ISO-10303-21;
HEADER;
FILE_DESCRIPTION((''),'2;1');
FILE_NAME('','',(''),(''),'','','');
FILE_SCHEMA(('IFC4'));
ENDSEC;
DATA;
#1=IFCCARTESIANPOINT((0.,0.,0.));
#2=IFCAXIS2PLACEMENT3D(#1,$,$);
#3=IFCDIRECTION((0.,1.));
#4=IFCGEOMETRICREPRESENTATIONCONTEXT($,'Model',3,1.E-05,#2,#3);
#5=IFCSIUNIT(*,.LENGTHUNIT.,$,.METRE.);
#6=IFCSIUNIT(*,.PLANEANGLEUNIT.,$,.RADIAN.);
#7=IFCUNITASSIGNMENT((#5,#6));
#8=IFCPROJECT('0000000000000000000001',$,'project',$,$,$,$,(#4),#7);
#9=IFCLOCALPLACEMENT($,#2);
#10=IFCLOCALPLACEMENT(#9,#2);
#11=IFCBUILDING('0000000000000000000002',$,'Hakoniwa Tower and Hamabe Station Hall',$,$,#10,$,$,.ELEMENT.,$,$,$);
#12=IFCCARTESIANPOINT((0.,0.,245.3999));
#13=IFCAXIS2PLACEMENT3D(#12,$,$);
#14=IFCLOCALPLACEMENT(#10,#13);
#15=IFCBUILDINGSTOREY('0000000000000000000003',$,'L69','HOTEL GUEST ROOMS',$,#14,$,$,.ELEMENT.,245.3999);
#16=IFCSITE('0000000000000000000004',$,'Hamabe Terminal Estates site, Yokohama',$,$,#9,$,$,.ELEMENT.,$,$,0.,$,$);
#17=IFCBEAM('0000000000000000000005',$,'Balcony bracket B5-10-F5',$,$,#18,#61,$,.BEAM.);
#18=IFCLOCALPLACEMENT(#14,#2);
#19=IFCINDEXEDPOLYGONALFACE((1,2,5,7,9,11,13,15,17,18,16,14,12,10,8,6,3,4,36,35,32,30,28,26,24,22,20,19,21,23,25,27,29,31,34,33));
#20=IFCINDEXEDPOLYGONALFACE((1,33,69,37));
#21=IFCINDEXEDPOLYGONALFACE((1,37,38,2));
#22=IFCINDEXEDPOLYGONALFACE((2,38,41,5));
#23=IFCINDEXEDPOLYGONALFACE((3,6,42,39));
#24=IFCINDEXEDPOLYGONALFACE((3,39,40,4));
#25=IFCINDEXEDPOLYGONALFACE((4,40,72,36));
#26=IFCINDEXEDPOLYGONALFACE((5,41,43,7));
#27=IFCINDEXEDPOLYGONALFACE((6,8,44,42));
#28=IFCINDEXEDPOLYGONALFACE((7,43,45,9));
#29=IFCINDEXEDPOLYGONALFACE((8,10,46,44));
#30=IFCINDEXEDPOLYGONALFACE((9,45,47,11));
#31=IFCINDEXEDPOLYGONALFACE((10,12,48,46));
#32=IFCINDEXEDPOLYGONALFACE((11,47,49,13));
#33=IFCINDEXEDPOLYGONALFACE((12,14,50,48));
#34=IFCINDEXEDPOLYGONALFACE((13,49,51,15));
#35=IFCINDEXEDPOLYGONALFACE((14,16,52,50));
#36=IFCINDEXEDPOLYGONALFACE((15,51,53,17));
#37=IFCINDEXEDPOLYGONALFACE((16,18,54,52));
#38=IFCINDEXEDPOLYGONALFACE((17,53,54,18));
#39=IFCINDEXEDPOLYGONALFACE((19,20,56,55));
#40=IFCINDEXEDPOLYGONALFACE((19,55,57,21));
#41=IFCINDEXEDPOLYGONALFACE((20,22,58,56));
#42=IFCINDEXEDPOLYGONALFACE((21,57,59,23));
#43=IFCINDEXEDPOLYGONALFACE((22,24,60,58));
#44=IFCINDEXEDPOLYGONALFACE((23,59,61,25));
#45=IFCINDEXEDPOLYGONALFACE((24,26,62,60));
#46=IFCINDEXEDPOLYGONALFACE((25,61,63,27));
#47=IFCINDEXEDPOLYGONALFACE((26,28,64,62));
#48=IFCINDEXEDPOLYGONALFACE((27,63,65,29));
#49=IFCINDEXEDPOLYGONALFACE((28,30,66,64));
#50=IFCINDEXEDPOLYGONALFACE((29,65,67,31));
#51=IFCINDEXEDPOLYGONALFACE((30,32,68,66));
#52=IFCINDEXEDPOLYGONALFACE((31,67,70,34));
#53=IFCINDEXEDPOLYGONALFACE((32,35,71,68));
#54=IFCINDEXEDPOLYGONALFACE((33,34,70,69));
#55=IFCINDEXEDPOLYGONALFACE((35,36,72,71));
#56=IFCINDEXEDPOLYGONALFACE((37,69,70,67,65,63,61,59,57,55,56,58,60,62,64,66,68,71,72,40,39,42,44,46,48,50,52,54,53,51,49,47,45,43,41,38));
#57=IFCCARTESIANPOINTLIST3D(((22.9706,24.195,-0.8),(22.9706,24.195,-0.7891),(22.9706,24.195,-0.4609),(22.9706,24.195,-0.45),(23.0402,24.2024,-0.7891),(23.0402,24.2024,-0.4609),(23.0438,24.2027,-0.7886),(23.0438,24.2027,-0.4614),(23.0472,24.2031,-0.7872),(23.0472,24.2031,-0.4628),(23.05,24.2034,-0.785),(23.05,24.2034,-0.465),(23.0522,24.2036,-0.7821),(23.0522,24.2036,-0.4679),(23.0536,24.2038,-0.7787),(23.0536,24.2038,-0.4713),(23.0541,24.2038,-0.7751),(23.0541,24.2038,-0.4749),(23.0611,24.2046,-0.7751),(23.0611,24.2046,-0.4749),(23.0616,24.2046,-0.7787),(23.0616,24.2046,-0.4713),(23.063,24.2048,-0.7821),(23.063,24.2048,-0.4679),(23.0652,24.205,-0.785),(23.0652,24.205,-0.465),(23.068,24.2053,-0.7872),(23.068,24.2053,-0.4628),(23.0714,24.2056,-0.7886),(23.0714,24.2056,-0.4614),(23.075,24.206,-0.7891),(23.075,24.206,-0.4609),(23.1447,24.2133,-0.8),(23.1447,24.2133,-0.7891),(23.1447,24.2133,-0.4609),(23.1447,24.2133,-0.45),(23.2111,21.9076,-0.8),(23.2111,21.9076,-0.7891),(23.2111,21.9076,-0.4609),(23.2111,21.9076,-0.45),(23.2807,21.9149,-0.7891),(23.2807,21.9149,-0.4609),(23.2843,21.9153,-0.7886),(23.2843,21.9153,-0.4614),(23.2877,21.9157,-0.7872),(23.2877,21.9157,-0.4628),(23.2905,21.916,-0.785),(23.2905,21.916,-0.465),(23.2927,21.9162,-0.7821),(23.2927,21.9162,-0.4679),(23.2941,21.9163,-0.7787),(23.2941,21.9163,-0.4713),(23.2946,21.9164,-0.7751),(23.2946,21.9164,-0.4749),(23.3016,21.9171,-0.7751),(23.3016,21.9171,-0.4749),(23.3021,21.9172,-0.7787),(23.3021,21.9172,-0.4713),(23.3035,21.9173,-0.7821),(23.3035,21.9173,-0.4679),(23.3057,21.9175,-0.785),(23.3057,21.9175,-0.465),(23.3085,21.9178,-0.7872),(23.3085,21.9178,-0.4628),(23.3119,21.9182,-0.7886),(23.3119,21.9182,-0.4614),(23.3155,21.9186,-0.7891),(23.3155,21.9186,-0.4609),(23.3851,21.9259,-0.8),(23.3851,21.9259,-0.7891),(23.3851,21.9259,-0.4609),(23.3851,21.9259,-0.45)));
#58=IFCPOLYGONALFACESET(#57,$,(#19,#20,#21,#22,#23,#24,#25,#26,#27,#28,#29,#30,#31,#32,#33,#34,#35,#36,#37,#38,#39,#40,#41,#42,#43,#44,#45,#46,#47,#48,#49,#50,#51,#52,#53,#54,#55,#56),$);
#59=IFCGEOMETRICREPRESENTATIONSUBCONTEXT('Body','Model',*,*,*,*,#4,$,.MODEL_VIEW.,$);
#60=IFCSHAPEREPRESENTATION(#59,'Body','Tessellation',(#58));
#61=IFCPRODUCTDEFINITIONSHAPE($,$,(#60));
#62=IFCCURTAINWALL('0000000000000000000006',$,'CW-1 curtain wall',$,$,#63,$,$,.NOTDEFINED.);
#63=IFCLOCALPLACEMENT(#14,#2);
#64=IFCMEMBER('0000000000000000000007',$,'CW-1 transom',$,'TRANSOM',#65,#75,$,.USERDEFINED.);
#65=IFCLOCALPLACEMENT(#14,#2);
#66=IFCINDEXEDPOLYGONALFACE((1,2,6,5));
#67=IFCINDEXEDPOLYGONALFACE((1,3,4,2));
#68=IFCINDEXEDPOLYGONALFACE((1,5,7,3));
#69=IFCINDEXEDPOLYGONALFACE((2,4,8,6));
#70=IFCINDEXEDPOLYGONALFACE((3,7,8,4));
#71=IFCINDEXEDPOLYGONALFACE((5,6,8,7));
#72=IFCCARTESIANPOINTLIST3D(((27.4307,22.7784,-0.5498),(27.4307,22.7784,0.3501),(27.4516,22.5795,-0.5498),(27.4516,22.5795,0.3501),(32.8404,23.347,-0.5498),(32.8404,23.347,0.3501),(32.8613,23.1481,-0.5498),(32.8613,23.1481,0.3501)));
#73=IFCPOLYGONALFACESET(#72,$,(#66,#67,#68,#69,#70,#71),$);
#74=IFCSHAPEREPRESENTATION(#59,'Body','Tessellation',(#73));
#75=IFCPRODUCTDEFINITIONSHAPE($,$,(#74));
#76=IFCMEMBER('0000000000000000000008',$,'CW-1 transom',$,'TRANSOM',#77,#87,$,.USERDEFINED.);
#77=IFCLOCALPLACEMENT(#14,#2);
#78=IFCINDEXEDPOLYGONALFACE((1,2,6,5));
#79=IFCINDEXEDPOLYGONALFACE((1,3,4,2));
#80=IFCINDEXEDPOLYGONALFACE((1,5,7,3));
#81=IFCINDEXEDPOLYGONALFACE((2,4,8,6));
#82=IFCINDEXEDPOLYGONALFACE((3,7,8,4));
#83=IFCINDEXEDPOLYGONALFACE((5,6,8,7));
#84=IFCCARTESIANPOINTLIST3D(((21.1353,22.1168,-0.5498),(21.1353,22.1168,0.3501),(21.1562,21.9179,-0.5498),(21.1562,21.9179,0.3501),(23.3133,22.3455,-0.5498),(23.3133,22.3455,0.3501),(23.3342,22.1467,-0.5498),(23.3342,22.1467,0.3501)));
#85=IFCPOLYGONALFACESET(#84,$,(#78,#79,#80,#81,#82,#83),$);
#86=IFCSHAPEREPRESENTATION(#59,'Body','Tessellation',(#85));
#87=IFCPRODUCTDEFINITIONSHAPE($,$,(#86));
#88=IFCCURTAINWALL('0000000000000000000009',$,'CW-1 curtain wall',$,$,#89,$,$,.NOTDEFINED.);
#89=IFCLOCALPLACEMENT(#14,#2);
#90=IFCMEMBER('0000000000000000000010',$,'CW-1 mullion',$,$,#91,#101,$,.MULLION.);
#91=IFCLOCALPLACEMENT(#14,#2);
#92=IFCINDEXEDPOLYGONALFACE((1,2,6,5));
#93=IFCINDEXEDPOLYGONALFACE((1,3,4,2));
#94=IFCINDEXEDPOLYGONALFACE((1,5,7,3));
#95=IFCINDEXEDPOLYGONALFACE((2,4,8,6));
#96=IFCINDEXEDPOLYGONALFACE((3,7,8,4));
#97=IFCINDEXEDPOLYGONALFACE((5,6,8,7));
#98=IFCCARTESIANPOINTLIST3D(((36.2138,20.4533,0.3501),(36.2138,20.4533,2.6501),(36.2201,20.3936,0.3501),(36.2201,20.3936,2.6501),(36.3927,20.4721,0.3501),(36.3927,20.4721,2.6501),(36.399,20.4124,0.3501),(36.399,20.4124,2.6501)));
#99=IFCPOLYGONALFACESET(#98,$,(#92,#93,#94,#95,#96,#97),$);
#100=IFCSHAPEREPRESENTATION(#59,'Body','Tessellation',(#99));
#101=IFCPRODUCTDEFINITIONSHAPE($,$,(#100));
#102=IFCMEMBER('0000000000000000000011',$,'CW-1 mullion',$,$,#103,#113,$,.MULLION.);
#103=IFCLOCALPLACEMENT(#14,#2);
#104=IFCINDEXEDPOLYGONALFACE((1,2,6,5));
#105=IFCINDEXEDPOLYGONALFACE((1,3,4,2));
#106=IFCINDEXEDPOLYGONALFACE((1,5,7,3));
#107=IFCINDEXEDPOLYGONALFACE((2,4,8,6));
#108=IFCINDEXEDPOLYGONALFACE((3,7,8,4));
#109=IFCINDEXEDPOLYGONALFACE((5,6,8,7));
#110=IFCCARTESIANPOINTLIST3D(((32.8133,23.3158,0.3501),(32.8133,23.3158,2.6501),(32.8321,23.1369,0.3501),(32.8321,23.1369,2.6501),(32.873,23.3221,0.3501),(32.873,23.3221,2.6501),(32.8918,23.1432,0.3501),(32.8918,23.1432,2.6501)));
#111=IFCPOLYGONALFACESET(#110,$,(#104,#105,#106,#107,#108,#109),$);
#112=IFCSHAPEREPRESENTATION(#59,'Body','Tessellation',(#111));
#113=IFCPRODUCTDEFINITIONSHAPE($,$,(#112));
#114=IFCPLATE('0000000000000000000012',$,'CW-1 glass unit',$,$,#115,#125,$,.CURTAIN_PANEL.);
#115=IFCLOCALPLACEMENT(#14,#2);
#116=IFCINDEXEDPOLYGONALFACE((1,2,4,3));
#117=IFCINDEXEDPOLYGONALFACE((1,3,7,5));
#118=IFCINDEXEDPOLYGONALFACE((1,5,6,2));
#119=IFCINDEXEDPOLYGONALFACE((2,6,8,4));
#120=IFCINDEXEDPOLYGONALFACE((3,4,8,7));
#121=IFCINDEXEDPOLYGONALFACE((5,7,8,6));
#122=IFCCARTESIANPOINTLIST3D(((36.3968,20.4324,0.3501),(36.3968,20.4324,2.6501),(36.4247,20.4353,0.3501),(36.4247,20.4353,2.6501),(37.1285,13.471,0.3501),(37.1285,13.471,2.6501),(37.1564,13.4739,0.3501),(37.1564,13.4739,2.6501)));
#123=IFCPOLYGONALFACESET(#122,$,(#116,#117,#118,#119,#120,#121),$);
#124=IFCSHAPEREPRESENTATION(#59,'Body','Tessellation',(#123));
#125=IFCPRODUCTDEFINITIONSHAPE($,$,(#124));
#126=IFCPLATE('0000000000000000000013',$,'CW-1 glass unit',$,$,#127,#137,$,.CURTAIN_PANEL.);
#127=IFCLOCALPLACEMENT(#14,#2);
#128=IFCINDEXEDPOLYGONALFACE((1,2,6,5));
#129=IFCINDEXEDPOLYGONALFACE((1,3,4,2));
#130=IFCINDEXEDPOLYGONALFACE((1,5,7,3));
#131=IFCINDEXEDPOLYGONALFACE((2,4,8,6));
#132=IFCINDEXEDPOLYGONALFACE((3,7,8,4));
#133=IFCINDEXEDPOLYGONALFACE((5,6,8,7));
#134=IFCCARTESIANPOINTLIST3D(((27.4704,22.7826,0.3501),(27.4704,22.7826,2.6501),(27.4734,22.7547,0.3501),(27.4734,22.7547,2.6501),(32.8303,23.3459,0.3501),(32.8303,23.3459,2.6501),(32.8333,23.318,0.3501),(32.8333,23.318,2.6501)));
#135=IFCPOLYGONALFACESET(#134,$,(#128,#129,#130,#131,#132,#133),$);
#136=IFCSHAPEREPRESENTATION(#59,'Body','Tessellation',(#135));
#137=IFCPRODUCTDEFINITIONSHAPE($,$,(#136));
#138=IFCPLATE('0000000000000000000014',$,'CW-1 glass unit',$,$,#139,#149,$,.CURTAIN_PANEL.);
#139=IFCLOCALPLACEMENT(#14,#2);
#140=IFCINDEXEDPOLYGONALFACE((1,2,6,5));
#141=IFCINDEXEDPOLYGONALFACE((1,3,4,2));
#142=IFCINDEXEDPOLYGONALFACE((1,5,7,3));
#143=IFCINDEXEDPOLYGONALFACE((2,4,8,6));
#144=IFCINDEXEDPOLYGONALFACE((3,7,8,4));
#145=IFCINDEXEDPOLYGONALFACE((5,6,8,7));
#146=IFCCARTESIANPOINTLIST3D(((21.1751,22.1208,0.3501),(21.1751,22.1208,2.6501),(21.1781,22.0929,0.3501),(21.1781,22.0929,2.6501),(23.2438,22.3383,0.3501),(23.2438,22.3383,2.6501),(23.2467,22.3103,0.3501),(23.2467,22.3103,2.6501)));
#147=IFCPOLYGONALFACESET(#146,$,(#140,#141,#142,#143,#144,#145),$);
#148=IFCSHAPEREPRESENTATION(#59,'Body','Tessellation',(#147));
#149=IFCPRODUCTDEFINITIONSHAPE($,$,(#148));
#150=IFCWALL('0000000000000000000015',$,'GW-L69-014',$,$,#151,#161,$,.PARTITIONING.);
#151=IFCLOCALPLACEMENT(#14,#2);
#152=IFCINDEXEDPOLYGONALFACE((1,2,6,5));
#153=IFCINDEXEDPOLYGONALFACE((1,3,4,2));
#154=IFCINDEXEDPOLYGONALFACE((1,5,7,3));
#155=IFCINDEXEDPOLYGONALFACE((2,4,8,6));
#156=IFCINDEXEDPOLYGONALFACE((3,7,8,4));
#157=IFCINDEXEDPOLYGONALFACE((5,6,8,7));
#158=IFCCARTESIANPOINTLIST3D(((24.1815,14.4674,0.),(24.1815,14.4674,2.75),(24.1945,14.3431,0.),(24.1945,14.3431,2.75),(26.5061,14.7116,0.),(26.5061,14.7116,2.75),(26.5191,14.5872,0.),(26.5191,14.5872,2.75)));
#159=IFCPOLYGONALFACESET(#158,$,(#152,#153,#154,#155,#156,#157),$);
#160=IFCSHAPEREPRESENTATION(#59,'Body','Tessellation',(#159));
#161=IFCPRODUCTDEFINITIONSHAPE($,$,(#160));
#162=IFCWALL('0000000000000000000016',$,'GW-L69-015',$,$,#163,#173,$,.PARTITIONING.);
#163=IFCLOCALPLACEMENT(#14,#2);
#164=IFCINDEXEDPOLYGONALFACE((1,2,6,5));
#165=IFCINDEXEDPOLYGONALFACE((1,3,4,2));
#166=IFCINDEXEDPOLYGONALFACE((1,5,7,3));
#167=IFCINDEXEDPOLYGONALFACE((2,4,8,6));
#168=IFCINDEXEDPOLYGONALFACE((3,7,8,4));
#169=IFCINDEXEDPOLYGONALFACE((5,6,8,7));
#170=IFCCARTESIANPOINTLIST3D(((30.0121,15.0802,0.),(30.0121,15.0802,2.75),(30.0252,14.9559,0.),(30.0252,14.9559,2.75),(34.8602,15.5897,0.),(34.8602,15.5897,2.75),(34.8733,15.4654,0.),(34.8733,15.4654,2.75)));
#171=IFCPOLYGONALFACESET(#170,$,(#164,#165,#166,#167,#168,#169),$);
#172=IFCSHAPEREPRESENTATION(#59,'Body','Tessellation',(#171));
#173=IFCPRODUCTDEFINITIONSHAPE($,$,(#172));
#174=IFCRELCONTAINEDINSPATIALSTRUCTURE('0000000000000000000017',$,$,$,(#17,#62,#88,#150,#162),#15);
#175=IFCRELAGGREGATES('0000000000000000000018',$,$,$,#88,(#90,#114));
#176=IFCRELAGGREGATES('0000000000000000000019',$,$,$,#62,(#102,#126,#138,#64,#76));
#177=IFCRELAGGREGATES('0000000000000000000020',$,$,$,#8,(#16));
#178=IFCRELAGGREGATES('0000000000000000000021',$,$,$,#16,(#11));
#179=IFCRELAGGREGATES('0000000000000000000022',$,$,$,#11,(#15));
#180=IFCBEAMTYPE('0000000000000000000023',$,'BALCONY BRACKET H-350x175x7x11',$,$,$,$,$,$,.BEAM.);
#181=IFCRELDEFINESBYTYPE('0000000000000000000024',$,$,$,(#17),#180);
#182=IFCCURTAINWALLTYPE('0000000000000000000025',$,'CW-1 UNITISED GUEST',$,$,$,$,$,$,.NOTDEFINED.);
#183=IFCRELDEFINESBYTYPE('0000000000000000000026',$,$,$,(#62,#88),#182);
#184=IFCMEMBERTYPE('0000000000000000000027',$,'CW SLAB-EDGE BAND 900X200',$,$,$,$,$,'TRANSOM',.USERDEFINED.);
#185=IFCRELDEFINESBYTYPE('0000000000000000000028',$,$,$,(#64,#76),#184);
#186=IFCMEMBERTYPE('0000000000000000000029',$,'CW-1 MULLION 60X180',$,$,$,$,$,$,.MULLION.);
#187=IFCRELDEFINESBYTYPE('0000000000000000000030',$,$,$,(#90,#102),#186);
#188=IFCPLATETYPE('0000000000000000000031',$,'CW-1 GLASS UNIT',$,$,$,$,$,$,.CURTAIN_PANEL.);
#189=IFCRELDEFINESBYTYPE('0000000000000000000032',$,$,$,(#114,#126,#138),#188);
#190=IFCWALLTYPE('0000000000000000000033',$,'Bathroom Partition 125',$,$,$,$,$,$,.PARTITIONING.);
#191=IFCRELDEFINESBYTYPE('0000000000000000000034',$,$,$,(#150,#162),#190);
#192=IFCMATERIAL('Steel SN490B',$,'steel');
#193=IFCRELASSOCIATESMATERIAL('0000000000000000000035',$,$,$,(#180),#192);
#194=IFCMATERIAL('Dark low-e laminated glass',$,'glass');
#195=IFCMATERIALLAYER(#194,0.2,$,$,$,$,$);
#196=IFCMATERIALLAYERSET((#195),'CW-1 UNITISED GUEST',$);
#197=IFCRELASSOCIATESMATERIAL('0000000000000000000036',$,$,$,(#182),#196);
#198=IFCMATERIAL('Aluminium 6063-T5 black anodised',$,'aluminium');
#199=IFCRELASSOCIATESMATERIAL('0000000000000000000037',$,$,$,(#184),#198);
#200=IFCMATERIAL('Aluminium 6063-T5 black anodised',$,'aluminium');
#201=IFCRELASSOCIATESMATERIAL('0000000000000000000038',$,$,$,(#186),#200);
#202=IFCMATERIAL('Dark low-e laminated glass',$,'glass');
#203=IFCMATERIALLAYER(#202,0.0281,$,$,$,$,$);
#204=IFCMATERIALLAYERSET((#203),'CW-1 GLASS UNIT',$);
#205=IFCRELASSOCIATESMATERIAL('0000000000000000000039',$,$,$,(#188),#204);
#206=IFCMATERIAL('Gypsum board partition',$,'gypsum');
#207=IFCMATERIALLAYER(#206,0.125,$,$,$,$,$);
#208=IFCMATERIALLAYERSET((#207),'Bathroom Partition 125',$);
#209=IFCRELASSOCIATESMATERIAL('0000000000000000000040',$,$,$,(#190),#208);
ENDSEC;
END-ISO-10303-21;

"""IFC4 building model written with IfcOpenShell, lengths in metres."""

from ifc_helpers import new_model, si_unit, direction, frame, frame_2d, origin, origin_2d, place, context, subcontext, project, spatial, rectangle, i_section, extrude, material, layer, layer_set, material_profile, profile_set, type_object, element, aggregate, save


model = new_model("IFC4")

# Units and contexts
model_context = context("Model", 3, precision=1e-05, world=origin(), true_north=direction((0.0, 1.0)))
body_context = subcontext(model_context, "Body", "Model", "MODEL_VIEW")
ifc_project = project(units=[si_unit("LENGTHUNIT", "METRE"), si_unit("PLANEANGLEUNIT", "RADIAN")], contexts=[model_context])

# Site, building, storey
site_placement = place(None, origin())
site = spatial("IfcSite", under=ifc_project, at=site_placement, Name="Hamabe Terminal Estates site, Yokohama", CompositionType="ELEMENT", RefElevation=0.0)
building_placement = place(site_placement, origin())
building = spatial("IfcBuilding", under=site, at=building_placement, Name="Hakoniwa Tower and Hamabe Station Hall", CompositionType="ELEMENT")
storey_placement = place(building_placement, frame((0.0, 0.0, 245.3999)))
storey = spatial("IfcBuildingStorey", under=building, at=storey_placement, Name="L69", Description="HOTEL GUEST ROOMS", CompositionType="ELEMENT", Elevation=245.3999)

# Beam
ifc_material_1 = material(Name="Steel SN490B", Category="steel")
ifc_material_profile_1 = material_profile(ifc_material_1, i_section(OverallWidth=0.175, OverallDepth=0.3501, WebThickness=0.0071, FlangeThickness=0.011, FilletRadius=0.0139, at=origin_2d()), Name="H-350x175x7x11")
ifc_profile_set_1 = profile_set([ifc_material_profile_1], Name="Steel SN490B")
beam_type = type_object("IfcBeamType", Name="BALCONY BRACKET H-350x175x7x11", PredefinedType="BEAM", material=ifc_profile_set_1)
beam_placement = place(storey_placement, frame((23.2981, 21.9167, -0.625), z_axis=(-0.104558, 0.994519, 0.0), x_axis=(-0.994519, -0.104558, 0.0)))
element("IfcBeam", 1, at=beam_placement, inside=storey, type_object=beam_type, Name="Balcony bracket B5-10-F5", PredefinedType="BEAM", context=body_context, shape_type="SweptSolid", body=[
    extrude(i_section(OverallWidth=0.175, OverallDepth=0.3501, WebThickness=0.0071, FlangeThickness=0.011, FilletRadius=0.0139, at=origin_2d()), origin(), (0.0, 0.0, 1.0), 2.3),
])

# Curtain wall, members
ifc_material_2 = material(Name="Dark low-e laminated glass", Category="glass")
ifc_layer_1 = layer(ifc_material_2, 0.2)
ifc_layer_set_1 = layer_set([ifc_layer_1], Name="CW-1 UNITISED GUEST")
curtain_wall_type = type_object("IfcCurtainWallType", Name="CW-1 UNITISED GUEST", PredefinedType="NOTDEFINED", material=ifc_layer_set_1)
curtain_wall_1_placement = place(storey_placement, origin())
curtain_wall_1 = element("IfcCurtainWall", 2, at=curtain_wall_1_placement, inside=storey, type_object=curtain_wall_type, Name="CW-1 curtain wall", PredefinedType="NOTDEFINED")
ifc_material_3 = material(Name="Aluminium 6063-T5 black anodised", Category="aluminium")
ifc_material_profile_2 = material_profile(ifc_material_3, rectangle(XDim=0.2, YDim=0.8999, at=origin_2d()), Name="CW SLAB-EDGE BAND 900X200")
ifc_profile_set_2 = profile_set([ifc_material_profile_2], Name="Aluminium 6063-T5 black anodised")
member_type_1 = type_object("IfcMemberType", Name="CW SLAB-EDGE BAND 900X200", ElementType="TRANSOM", PredefinedType="USERDEFINED", material=ifc_profile_set_2)
member_1_placement = place(storey_placement, frame((32.8508, 23.2476, -0.0999), z_axis=(-0.994521, -0.104533, 0.0), x_axis=(0.104533, -0.994521, 0.0)))
member_1 = element("IfcMember", 3, at=member_1_placement, type_object=member_type_1, Name="CW-1 transom", ObjectType="TRANSOM", PredefinedType="USERDEFINED", context=body_context, shape_type="SweptSolid", body=[
    extrude(rectangle(XDim=0.2, YDim=0.8999, at=origin_2d()), origin(), (0.0, 0.0, 1.0), 5.4395),
])
member_2_placement = place(storey_placement, frame((23.3237, 22.2461, -0.0999), z_axis=(-0.994529, -0.104458, 0.0), x_axis=(0.104458, -0.994529, 0.0)))
member_2 = element("IfcMember", 4, at=member_2_placement, type_object=member_type_1, Name="CW-1 transom", ObjectType="TRANSOM", PredefinedType="USERDEFINED", context=body_context, shape_type="SweptSolid", body=[
    extrude(rectangle(XDim=0.2, YDim=0.8999, at=origin_2d()), origin(), (0.0, 0.0, 1.0), 2.1899),
])

# Curtain wall, member
curtain_wall_2_placement = place(storey_placement, origin())
curtain_wall_2 = element("IfcCurtainWall", 5, at=curtain_wall_2_placement, inside=storey, type_object=curtain_wall_type, Name="CW-1 curtain wall", PredefinedType="NOTDEFINED")
ifc_material_4 = material(Name="Aluminium 6063-T5 black anodised", Category="aluminium")
ifc_material_profile_3 = material_profile(ifc_material_4, rectangle(XDim=0.0601, YDim=0.1799, at=origin_2d()), Name="CW-1 MULLION 60X180")
ifc_profile_set_3 = profile_set([ifc_material_profile_3], Name="Aluminium 6063-T5 black anodised")
member_type_2 = type_object("IfcMemberType", Name="CW-1 MULLION 60X180", PredefinedType="MULLION", material=ifc_profile_set_3)
member_3_placement = place(storey_placement, frame((36.3064, 20.4329, 0.3501), z_axis=(0.0, 0.0, 1.0), x_axis=(-0.104528, 0.994522, 0.0)))
member_3 = element("IfcMember", 6, at=member_3_placement, type_object=member_type_2, Name="CW-1 mullion", PredefinedType="MULLION", context=body_context, shape_type="SweptSolid", body=[
    extrude(rectangle(XDim=0.0601, YDim=0.1799, at=origin_2d()), origin(), (0.0, 0.0, 1.0), 2.3),
])

# Member
member_4_placement = place(storey_placement, frame((32.8525, 23.2295, 0.3501), z_axis=(0.0, 0.0, 1.0), x_axis=(-0.994522, -0.104528, 0.0)))
member_4 = element("IfcMember", 7, at=member_4_placement, type_object=member_type_2, Name="CW-1 mullion", PredefinedType="MULLION", context=body_context, shape_type="SweptSolid", body=[
    extrude(rectangle(XDim=0.0601, YDim=0.1799, at=origin_2d()), origin(), (0.0, 0.0, 1.0), 2.3),
])

# Plates
ifc_material_5 = material(Name="Dark low-e laminated glass", Category="glass")
ifc_layer_2 = layer(ifc_material_5, 0.0281)
ifc_layer_set_2 = layer_set([ifc_layer_2], Name="CW-1 GLASS UNIT")
plate_type = type_object("IfcPlateType", Name="CW-1 GLASS UNIT", PredefinedType="CURTAIN_PANEL", material=ifc_layer_set_2)
plate_1_placement = place(storey_placement, frame((36.7766, 16.9531, 0.3501), z_axis=(0.0, 0.0, 1.0), x_axis=(-0.104528, 0.994522, 0.0)))
plate_1 = element("IfcPlate", 8, at=plate_1_placement, type_object=plate_type, Name="CW-1 glass unit", PredefinedType="CURTAIN_PANEL", context=body_context, shape_type="SweptSolid", body=[
    extrude(rectangle(XDim=6.9998, YDim=0.0281, at=origin_2d()), origin(), (0.0, 0.0, 1.0), 2.3),
])
aggregate(curtain_wall_2, [member_3, plate_1])
plate_2_placement = place(storey_placement, frame((30.1519, 23.0503, 0.3501), z_axis=(0.0, 0.0, 1.0), x_axis=(-0.994522, -0.104528, 0.0)))
plate_2 = element("IfcPlate", 9, at=plate_2_placement, type_object=plate_type, Name="CW-1 glass unit", PredefinedType="CURTAIN_PANEL", context=body_context, shape_type="SweptSolid", body=[
    extrude(rectangle(XDim=5.3894, YDim=0.0281, at=origin_2d()), origin(), (0.0, 0.0, 1.0), 2.3),
])
plate_3_placement = place(storey_placement, frame((22.2109, 22.2156, 0.3501), z_axis=(0.0, 0.0, 1.0), x_axis=(-0.994522, -0.104528, 0.0)))
plate_3 = element("IfcPlate", 10, at=plate_3_placement, type_object=plate_type, Name="CW-1 glass unit", PredefinedType="CURTAIN_PANEL", context=body_context, shape_type="SweptSolid", body=[
    extrude(rectangle(XDim=2.0801, YDim=0.0281, at=origin_2d()), origin(), (0.0, 0.0, 1.0), 2.3),
])

# Walls
ifc_material_6 = material(Name="Gypsum board partition", Category="gypsum")
ifc_layer_3 = layer(ifc_material_6, 0.125)
ifc_layer_set_3 = layer_set([ifc_layer_3], Name="Bathroom Partition 125")
wall_type_1 = type_object("IfcWallType", Name="Bathroom Partition 125", PredefinedType="PARTITIONING", material=ifc_layer_set_3)
wall_1_placement = place(storey_placement, frame((24.188, 14.4053, 0.0), z_axis=(0.0, 0.0, 1.0), x_axis=(0.994531, 0.104446, 0.0)))
element("IfcWall", 11, at=wall_1_placement, inside=storey, type_object=wall_type_1, Name="GW-L69-014", PredefinedType="PARTITIONING", context=body_context, shape_type="SweptSolid", body=[
    extrude(rectangle(XDim=2.3374, YDim=0.125, at=frame_2d((1.1687, 0.0))), origin(), (0.0, 0.0, 1.0), 2.75),
])
wall_2_placement = place(storey_placement, frame((30.0186, 15.0181, 0.0), z_axis=(0.0, 0.0, 1.0), x_axis=(0.994523, 0.104521, 0.0)))
element("IfcWall", 12, at=wall_2_placement, inside=storey, type_object=wall_type_1, Name="GW-L69-015", PredefinedType="PARTITIONING", context=body_context, shape_type="SweptSolid", body=[
    extrude(rectangle(XDim=4.8748, YDim=0.125, at=frame_2d((2.4375, 0.0))), origin(), (0.0, 0.0, 1.0), 2.75),
])

aggregate(curtain_wall_1, [member_4, plate_2, plate_3, member_1, member_2])

save(model, "model.ifc")
